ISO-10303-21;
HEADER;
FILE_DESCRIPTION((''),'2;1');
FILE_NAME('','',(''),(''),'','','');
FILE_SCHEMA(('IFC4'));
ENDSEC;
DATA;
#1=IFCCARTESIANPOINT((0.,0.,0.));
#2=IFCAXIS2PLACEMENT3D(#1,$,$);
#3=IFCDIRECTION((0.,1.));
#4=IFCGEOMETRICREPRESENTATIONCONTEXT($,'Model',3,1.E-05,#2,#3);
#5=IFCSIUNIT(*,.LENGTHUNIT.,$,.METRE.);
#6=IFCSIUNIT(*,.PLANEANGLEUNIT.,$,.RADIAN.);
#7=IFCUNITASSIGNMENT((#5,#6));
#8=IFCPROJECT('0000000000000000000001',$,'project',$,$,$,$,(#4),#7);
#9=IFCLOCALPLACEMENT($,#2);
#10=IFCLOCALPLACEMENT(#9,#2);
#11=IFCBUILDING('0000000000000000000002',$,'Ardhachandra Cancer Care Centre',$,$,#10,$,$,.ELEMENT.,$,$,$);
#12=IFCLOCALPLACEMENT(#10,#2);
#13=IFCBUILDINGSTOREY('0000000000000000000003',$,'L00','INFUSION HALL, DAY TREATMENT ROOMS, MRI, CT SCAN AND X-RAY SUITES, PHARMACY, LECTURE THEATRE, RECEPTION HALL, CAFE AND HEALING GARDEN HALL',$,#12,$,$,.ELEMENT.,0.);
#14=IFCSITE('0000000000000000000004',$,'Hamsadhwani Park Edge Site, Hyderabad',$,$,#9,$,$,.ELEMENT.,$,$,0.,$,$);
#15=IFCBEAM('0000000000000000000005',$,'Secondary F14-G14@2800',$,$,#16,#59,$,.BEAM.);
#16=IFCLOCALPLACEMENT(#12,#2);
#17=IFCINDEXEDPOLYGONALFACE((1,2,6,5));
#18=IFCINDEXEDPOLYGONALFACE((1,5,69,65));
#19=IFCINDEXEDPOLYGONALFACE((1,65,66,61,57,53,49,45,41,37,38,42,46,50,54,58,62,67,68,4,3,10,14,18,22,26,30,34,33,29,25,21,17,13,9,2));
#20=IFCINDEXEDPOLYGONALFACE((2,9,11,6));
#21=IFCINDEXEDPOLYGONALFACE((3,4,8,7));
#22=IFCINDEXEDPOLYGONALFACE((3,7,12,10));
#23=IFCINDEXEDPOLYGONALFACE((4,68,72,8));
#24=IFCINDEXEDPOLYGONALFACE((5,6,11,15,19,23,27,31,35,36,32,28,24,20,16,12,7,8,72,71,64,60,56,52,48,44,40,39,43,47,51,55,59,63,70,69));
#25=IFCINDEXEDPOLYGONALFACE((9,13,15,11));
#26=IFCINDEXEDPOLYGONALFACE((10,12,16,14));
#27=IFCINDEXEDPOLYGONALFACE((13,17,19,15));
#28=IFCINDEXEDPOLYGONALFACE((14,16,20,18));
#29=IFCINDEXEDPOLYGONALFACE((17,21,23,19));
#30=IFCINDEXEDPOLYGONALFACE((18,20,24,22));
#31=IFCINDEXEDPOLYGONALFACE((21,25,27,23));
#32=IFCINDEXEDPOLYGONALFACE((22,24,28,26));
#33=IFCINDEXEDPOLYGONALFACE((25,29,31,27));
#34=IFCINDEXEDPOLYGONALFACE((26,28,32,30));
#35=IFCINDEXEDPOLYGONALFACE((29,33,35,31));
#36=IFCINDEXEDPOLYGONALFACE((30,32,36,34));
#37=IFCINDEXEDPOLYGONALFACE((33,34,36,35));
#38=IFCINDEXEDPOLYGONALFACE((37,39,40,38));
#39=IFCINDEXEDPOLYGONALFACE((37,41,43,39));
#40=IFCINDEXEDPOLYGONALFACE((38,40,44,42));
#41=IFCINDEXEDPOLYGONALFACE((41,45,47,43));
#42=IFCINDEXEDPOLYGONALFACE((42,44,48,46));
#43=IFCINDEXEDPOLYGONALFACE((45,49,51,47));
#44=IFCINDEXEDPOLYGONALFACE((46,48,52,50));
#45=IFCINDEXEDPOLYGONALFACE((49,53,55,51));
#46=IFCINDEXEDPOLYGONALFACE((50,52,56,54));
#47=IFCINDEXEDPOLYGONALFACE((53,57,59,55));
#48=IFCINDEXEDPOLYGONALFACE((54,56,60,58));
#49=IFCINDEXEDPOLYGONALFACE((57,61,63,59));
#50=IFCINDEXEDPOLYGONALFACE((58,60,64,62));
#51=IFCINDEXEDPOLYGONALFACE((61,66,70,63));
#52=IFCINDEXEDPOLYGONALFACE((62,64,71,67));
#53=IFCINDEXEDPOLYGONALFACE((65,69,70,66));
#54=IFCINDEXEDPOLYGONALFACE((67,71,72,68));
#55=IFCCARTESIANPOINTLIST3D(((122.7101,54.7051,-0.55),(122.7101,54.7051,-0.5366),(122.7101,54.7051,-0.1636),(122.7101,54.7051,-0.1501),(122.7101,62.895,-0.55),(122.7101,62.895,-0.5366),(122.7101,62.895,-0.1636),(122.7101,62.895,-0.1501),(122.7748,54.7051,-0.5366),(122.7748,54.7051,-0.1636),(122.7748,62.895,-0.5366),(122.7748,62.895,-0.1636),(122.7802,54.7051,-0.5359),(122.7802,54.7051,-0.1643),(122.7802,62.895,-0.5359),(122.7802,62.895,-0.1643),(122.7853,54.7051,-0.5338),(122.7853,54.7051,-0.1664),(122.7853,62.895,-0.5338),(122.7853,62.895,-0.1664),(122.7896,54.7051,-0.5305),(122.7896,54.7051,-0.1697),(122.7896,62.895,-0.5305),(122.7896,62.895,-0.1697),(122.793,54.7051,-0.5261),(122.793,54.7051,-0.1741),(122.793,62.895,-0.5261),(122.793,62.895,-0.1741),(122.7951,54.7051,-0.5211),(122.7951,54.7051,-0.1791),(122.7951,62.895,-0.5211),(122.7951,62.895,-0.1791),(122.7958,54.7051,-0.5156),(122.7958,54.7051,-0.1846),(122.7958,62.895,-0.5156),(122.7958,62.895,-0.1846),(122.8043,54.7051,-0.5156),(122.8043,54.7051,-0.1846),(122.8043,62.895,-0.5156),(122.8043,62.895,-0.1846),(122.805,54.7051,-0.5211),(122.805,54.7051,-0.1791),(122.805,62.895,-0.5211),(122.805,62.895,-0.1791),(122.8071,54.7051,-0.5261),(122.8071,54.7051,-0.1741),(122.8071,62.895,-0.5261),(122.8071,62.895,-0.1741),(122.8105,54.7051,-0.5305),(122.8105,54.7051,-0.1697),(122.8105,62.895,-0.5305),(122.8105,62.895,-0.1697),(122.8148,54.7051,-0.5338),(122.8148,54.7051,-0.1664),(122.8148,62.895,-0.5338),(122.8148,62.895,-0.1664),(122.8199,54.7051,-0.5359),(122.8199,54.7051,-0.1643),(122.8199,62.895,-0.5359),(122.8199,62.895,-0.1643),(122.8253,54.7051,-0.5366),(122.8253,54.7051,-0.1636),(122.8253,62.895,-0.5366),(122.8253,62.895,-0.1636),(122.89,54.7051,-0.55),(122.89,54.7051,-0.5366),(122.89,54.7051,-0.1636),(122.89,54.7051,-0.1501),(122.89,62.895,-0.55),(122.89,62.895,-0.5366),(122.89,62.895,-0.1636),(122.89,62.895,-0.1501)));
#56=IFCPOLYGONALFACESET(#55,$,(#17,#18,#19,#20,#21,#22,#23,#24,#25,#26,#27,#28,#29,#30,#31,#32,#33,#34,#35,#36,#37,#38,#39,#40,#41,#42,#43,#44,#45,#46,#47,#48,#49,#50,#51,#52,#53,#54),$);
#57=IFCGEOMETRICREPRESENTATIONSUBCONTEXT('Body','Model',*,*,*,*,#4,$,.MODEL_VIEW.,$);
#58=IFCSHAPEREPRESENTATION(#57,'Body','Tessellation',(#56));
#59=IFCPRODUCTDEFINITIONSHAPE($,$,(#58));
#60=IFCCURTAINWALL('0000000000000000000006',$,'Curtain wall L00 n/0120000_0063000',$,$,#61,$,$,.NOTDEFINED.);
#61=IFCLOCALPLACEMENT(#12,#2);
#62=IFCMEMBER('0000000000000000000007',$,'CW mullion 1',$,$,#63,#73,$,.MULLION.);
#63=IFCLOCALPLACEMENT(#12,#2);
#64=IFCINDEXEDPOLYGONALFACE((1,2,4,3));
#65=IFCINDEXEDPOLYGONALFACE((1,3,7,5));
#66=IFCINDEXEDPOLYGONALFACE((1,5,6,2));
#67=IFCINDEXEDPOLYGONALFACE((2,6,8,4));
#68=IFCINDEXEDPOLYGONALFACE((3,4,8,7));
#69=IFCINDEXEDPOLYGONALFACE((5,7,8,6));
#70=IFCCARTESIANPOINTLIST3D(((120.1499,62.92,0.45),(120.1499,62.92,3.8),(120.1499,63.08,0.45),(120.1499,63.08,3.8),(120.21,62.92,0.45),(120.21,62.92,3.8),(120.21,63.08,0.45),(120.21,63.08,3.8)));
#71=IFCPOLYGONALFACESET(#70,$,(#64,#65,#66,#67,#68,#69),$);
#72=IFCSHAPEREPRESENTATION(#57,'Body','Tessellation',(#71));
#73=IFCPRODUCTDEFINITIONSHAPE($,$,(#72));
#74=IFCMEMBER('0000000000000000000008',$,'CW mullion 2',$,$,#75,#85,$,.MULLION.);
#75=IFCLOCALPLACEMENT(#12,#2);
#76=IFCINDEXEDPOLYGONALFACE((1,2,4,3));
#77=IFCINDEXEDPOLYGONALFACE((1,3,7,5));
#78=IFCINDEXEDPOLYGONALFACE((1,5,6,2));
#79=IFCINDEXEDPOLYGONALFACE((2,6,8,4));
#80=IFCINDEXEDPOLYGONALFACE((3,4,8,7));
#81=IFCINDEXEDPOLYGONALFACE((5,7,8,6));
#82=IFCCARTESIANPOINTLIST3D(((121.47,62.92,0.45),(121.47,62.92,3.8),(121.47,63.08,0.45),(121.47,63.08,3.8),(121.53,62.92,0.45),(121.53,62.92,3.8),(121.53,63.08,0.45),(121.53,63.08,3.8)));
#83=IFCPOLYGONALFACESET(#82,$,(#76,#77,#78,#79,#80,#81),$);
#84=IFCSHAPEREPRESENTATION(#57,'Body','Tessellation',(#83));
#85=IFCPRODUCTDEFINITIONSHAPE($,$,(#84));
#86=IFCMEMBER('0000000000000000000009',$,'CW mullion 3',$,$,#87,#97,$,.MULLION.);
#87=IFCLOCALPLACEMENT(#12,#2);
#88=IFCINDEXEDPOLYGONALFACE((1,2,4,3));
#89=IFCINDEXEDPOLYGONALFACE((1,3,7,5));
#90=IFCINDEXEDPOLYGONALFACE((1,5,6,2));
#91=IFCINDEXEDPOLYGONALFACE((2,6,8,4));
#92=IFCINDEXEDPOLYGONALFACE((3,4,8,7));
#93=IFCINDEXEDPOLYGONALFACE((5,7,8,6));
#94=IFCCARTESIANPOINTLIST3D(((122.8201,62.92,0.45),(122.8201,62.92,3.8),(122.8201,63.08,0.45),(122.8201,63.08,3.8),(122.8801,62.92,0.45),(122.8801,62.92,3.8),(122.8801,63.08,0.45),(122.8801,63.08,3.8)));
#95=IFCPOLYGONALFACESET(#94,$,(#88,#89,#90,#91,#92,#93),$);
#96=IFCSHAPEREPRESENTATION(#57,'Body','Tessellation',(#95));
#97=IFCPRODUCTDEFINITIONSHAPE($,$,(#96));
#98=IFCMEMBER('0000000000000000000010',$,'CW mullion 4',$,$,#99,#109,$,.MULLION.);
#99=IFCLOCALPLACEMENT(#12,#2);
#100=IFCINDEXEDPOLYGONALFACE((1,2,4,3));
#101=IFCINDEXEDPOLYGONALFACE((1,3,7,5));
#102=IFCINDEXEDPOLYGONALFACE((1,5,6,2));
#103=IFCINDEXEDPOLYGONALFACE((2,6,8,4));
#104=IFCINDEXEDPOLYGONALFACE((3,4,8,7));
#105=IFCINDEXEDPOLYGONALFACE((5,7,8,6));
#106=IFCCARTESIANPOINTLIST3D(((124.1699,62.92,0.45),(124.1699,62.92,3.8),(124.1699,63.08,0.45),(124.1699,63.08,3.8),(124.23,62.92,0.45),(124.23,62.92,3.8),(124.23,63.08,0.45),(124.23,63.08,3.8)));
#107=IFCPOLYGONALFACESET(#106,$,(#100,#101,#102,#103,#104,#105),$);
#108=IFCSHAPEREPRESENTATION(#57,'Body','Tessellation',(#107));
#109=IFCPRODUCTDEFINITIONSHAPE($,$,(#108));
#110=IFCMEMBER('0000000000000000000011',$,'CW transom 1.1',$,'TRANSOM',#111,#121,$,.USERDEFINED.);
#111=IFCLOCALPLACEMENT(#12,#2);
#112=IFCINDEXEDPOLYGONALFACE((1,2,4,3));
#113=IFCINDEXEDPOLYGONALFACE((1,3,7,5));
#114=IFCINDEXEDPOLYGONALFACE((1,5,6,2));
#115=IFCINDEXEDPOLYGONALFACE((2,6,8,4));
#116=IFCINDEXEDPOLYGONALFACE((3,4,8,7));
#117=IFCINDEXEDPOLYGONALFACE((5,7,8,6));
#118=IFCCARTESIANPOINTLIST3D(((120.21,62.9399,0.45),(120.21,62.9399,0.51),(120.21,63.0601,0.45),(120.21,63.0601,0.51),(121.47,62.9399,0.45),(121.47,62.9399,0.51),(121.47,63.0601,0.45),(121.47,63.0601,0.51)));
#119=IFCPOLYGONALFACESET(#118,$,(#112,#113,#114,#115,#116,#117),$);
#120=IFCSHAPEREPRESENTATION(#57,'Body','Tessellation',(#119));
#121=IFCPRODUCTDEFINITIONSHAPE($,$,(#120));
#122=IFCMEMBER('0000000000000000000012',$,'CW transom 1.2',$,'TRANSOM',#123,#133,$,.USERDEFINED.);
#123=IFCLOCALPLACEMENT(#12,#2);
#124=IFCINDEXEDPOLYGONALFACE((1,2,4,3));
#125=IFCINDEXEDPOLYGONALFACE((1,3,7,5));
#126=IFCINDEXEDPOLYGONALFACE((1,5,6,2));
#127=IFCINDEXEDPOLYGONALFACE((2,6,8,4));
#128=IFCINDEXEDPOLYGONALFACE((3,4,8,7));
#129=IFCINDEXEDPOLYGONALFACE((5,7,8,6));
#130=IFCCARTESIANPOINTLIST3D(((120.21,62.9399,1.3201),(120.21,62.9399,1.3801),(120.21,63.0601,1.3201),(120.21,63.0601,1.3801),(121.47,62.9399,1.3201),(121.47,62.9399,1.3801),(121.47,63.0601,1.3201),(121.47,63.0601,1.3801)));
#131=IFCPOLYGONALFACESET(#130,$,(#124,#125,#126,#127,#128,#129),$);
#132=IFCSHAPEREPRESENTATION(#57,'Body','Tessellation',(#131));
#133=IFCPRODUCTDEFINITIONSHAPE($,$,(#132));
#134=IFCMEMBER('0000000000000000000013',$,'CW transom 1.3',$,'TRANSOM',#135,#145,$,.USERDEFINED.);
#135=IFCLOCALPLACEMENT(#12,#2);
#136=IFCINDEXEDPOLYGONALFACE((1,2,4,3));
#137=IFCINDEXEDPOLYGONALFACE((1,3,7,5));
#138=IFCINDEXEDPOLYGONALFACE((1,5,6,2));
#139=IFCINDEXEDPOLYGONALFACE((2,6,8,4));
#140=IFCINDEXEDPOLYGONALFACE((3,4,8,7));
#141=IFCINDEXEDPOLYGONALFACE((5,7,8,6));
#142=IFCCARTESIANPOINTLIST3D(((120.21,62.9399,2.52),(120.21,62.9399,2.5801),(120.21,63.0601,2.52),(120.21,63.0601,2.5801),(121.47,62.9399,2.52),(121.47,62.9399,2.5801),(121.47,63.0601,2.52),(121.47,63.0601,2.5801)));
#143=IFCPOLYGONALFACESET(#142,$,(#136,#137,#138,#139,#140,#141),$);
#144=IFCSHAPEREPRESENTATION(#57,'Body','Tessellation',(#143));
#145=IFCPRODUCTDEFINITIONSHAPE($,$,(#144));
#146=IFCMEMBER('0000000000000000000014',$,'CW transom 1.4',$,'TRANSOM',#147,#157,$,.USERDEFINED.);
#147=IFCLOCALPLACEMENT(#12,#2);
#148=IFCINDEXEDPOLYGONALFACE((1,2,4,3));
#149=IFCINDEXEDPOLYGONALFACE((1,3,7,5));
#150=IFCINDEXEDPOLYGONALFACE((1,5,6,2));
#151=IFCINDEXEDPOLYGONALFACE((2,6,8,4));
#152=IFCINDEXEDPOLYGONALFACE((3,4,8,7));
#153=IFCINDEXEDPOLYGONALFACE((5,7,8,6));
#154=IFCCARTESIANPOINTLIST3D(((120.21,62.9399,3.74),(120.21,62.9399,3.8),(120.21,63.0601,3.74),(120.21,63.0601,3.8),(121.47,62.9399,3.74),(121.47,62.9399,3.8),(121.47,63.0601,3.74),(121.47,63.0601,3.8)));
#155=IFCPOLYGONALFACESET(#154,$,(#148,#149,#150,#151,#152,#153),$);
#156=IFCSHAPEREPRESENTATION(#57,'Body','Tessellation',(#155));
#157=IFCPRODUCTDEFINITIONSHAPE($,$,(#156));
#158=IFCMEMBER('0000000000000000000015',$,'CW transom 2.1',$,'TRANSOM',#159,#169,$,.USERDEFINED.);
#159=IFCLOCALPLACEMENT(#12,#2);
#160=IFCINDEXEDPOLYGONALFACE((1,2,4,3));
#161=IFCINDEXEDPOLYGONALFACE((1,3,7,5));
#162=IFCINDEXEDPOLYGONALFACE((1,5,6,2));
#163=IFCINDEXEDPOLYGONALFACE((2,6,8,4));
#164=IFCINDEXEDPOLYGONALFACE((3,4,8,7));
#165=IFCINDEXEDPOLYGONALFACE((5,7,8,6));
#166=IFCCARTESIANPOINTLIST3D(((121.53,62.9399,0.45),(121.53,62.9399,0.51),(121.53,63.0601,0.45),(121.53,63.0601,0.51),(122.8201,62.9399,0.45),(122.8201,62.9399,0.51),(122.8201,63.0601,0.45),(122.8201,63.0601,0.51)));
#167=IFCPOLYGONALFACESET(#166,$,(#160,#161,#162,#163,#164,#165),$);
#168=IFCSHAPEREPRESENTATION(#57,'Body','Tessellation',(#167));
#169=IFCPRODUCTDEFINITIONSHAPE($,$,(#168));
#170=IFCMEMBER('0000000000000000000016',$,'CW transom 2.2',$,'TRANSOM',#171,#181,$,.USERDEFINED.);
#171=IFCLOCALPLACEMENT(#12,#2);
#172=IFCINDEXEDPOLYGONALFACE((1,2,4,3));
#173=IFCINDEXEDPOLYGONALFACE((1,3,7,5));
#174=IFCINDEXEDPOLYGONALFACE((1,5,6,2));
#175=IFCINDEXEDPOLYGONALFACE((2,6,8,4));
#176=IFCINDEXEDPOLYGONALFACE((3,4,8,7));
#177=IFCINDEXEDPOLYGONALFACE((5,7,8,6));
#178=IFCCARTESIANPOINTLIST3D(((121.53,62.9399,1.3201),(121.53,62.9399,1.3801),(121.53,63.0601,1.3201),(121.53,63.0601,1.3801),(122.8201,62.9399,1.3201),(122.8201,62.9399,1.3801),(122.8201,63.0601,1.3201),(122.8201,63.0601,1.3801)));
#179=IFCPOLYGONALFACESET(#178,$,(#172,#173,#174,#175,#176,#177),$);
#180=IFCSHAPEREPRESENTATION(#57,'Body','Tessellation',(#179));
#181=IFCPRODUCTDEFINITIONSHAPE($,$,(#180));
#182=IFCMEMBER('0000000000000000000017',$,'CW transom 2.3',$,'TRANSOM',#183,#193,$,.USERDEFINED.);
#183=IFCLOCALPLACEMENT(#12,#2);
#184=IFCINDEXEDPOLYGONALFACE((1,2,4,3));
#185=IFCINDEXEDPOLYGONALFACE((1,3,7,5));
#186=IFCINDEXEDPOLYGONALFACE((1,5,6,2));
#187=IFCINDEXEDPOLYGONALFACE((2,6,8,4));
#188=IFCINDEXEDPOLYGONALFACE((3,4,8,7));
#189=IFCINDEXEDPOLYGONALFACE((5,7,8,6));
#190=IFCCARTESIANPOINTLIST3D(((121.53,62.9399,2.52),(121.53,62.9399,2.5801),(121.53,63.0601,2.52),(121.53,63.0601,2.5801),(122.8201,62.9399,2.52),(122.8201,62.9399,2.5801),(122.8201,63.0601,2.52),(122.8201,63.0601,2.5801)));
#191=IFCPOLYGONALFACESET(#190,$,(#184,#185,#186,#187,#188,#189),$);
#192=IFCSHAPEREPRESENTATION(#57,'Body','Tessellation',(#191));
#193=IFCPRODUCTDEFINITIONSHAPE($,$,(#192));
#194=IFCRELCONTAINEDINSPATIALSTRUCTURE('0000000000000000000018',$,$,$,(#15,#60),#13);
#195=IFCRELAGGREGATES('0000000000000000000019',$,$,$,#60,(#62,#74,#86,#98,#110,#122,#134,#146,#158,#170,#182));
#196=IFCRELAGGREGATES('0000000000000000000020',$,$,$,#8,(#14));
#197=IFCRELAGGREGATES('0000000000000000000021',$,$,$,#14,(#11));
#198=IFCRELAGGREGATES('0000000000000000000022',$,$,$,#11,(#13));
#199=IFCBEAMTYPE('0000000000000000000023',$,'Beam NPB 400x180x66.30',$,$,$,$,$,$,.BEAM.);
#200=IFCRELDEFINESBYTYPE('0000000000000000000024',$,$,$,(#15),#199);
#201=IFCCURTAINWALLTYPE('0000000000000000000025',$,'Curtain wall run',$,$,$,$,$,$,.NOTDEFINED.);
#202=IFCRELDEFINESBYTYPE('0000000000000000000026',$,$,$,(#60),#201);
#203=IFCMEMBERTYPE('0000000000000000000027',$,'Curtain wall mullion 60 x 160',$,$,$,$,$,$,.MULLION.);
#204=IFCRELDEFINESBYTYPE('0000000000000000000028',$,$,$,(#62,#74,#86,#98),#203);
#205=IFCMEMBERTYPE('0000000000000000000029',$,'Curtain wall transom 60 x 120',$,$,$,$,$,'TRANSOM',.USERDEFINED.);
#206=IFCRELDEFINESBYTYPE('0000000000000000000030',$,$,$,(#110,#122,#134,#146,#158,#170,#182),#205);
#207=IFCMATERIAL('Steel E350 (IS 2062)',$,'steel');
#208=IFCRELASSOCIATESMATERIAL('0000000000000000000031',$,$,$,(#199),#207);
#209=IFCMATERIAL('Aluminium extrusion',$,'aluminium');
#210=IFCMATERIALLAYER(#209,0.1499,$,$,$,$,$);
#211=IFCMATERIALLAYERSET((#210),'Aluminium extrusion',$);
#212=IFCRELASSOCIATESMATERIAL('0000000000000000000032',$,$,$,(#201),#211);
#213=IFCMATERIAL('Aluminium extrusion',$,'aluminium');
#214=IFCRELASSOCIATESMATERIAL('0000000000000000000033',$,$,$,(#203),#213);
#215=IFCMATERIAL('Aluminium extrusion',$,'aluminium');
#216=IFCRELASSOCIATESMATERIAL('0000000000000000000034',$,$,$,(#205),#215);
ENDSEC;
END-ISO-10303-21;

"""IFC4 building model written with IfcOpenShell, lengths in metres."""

from ifc_helpers import new_model, si_unit, direction, frame, origin, origin_2d, place, context, subcontext, project, spatial, rectangle, i_section, extrude, material, layer, layer_set, material_profile, profile_set, type_object, element, aggregate, save


model = new_model("IFC4")

# Units and contexts
model_context = context("Model", 3, precision=1e-05, world=origin(), true_north=direction((0.0, 1.0)))
body_context = subcontext(model_context, "Body", "Model", "MODEL_VIEW")
ifc_project = project(units=[si_unit("LENGTHUNIT", "METRE"), si_unit("PLANEANGLEUNIT", "RADIAN")], contexts=[model_context])

# Site, building, storey
site_placement = place(None, origin())
site = spatial("IfcSite", under=ifc_project, at=site_placement, Name="Hamsadhwani Park Edge Site, Hyderabad", CompositionType="ELEMENT", RefElevation=0.0)
building_placement = place(site_placement, origin())
building = spatial("IfcBuilding", under=site, at=building_placement, Name="Ardhachandra Cancer Care Centre", CompositionType="ELEMENT")
storey_placement = place(building_placement, origin())
storey = spatial("IfcBuildingStorey", under=building, at=storey_placement, Name="L00", Description="INFUSION HALL, DAY TREATMENT ROOMS, MRI, CT SCAN AND X-RAY SUITES, PHARMACY, LECTURE THEATRE, RECEPTION HALL, CAFE AND HEALING GARDEN HALL", CompositionType="ELEMENT", Elevation=0.0)

# Beam
ifc_material_1 = material(Name="Steel E350 (IS 2062)", Category="steel")
ifc_material_profile_1 = material_profile(ifc_material_1, i_section(OverallWidth=0.1799, OverallDepth=0.3999, WebThickness=0.0085, FlangeThickness=0.0134, FilletRadius=0.021, at=origin_2d()), Name="NPB 400x180x66.30")
ifc_profile_set_1 = profile_set([ifc_material_profile_1], Name="Steel E350 (IS 2062)")
beam_type = type_object("IfcBeamType", Name="Beam NPB 400x180x66.30", PredefinedType="BEAM", material=ifc_profile_set_1)
beam_placement = place(storey_placement, frame((122.8, 54.7051, -0.3501), z_axis=(0.0, 1.0, 0.0), x_axis=(-1.0, 0.0, 0.0)))
element("IfcBeam", 1, at=beam_placement, inside=storey, type_object=beam_type, Name="Secondary F14-G14@2800", PredefinedType="BEAM", context=body_context, shape_type="SweptSolid", body=[
    extrude(i_section(OverallWidth=0.1799, OverallDepth=0.3999, WebThickness=0.0085, FlangeThickness=0.0134, FilletRadius=0.021, at=origin_2d()), origin(), (0.0, 0.0, 1.0), 8.1899),
])

# Curtain wall, members
ifc_material_2 = material(Name="Aluminium extrusion", Category="aluminium")
ifc_layer_1 = layer(ifc_material_2, 0.1499)
ifc_layer_set_1 = layer_set([ifc_layer_1], Name="Aluminium extrusion")
curtain_wall_type = type_object("IfcCurtainWallType", Name="Curtain wall run", PredefinedType="NOTDEFINED", material=ifc_layer_set_1)
curtain_wall_1_placement = place(storey_placement, origin())
curtain_wall_1 = element("IfcCurtainWall", 2, at=curtain_wall_1_placement, inside=storey, type_object=curtain_wall_type, Name="Curtain wall L00 n/0120000_0063000", PredefinedType="NOTDEFINED")
ifc_material_3 = material(Name="Aluminium extrusion", Category="aluminium")
ifc_material_profile_2 = material_profile(ifc_material_3, rectangle(XDim=0.1599, YDim=0.0601, at=origin_2d()), Name="Curtain wall mullion 60 x 160")
ifc_profile_set_2 = profile_set([ifc_material_profile_2], Name="Aluminium extrusion")
member_type_1 = type_object("IfcMemberType", Name="Curtain wall mullion 60 x 160", PredefinedType="MULLION", material=ifc_profile_set_2)
member_1_placement = place(storey_placement, frame((120.1799, 63.0, 0.45), z_axis=(0.0, 0.0, 1.0), x_axis=(0.0, 1.0, 0.0)))
member_1 = element("IfcMember", 3, at=member_1_placement, type_object=member_type_1, Name="CW mullion 1", PredefinedType="MULLION", context=body_context, shape_type="SweptSolid", body=[
    extrude(rectangle(XDim=0.1599, YDim=0.0601, at=origin_2d()), origin(), (0.0, 0.0, 1.0), 3.3501),
])
member_2_placement = place(storey_placement, frame((121.5, 63.0, 0.45), z_axis=(0.0, 0.0, 1.0), x_axis=(0.0, 1.0, 0.0)))
member_2 = element("IfcMember", 4, at=member_2_placement, type_object=member_type_1, Name="CW mullion 2", PredefinedType="MULLION", context=body_context, shape_type="SweptSolid", body=[
    extrude(rectangle(XDim=0.1599, YDim=0.0601, at=origin_2d()), origin(), (0.0, 0.0, 1.0), 3.3501),
])
member_3_placement = place(storey_placement, frame((122.8501, 63.0, 0.45), z_axis=(0.0, 0.0, 1.0), x_axis=(0.0, 1.0, 0.0)))
member_3 = element("IfcMember", 5, at=member_3_placement, type_object=member_type_1, Name="CW mullion 3", PredefinedType="MULLION", context=body_context, shape_type="SweptSolid", body=[
    extrude(rectangle(XDim=0.1599, YDim=0.0601, at=origin_2d()), origin(), (0.0, 0.0, 1.0), 3.3501),
])
member_4_placement = place(storey_placement, frame((124.2, 63.0, 0.45), z_axis=(0.0, 0.0, 1.0), x_axis=(0.0, 1.0, 0.0)))
member_4 = element("IfcMember", 6, at=member_4_placement, type_object=member_type_1, Name="CW mullion 4", PredefinedType="MULLION", context=body_context, shape_type="SweptSolid", body=[
    extrude(rectangle(XDim=0.1599, YDim=0.0601, at=origin_2d()), origin(), (0.0, 0.0, 1.0), 3.3501),
])
ifc_material_4 = material(Name="Aluminium extrusion", Category="aluminium")
ifc_material_profile_3 = material_profile(ifc_material_4, rectangle(XDim=0.1201, YDim=0.0601, at=origin_2d()), Name="Curtain wall transom 60 x 120")
ifc_profile_set_3 = profile_set([ifc_material_profile_3], Name="Aluminium extrusion")
member_type_2 = type_object("IfcMemberType", Name="Curtain wall transom 60 x 120", ElementType="TRANSOM", PredefinedType="USERDEFINED", material=ifc_profile_set_3)
member_5_placement = place(storey_placement, frame((120.21, 63.0, 0.48), z_axis=(1.0, 0.0, 0.0), x_axis=(0.0, 1.0, 0.0)))
member_5 = element("IfcMember", 7, at=member_5_placement, type_object=member_type_2, Name="CW transom 1.1", ObjectType="TRANSOM", PredefinedType="USERDEFINED", context=body_context, shape_type="SweptSolid", body=[
    extrude(rectangle(XDim=0.1201, YDim=0.0601, at=origin_2d()), origin(), (0.0, 0.0, 1.0), 1.26),
])
member_6_placement = place(storey_placement, frame((120.21, 63.0, 1.3501), z_axis=(1.0, 0.0, 0.0), x_axis=(0.0, 1.0, 0.0)))
member_6 = element("IfcMember", 8, at=member_6_placement, type_object=member_type_2, Name="CW transom 1.2", ObjectType="TRANSOM", PredefinedType="USERDEFINED", context=body_context, shape_type="SweptSolid", body=[
    extrude(rectangle(XDim=0.1201, YDim=0.0601, at=origin_2d()), origin(), (0.0, 0.0, 1.0), 1.26),
])
member_7_placement = place(storey_placement, frame((120.21, 63.0, 2.55), z_axis=(1.0, 0.0, 0.0), x_axis=(0.0, 1.0, 0.0)))
member_7 = element("IfcMember", 9, at=member_7_placement, type_object=member_type_2, Name="CW transom 1.3", ObjectType="TRANSOM", PredefinedType="USERDEFINED", context=body_context, shape_type="SweptSolid", body=[
    extrude(rectangle(XDim=0.1201, YDim=0.0601, at=origin_2d()), origin(), (0.0, 0.0, 1.0), 1.26),
])
member_8_placement = place(storey_placement, frame((120.21, 63.0, 3.77), z_axis=(1.0, 0.0, 0.0), x_axis=(0.0, 1.0, 0.0)))
member_8 = element("IfcMember", 10, at=member_8_placement, type_object=member_type_2, Name="CW transom 1.4", ObjectType="TRANSOM", PredefinedType="USERDEFINED", context=body_context, shape_type="SweptSolid", body=[
    extrude(rectangle(XDim=0.1201, YDim=0.0601, at=origin_2d()), origin(), (0.0, 0.0, 1.0), 1.26),
])
member_9_placement = place(storey_placement, frame((121.53, 63.0, 0.48), z_axis=(1.0, 0.0, 0.0), x_axis=(0.0, 1.0, 0.0)))
member_9 = element("IfcMember", 11, at=member_9_placement, type_object=member_type_2, Name="CW transom 2.1", ObjectType="TRANSOM", PredefinedType="USERDEFINED", context=body_context, shape_type="SweptSolid", body=[
    extrude(rectangle(XDim=0.1201, YDim=0.0601, at=origin_2d()), origin(), (0.0, 0.0, 1.0), 1.29),
])
member_10_placement = place(storey_placement, frame((121.53, 63.0, 1.3501), z_axis=(1.0, 0.0, 0.0), x_axis=(0.0, 1.0, 0.0)))
member_10 = element("IfcMember", 12, at=member_10_placement, type_object=member_type_2, Name="CW transom 2.2", ObjectType="TRANSOM", PredefinedType="USERDEFINED", context=body_context, shape_type="SweptSolid", body=[
    extrude(rectangle(XDim=0.1201, YDim=0.0601, at=origin_2d()), origin(), (0.0, 0.0, 1.0), 1.29),
])
member_11_placement = place(storey_placement, frame((121.53, 63.0, 2.55), z_axis=(1.0, 0.0, 0.0), x_axis=(0.0, 1.0, 0.0)))
member_11 = element("IfcMember", 13, at=member_11_placement, type_object=member_type_2, Name="CW transom 2.3", ObjectType="TRANSOM", PredefinedType="USERDEFINED", context=body_context, shape_type="SweptSolid", body=[
    extrude(rectangle(XDim=0.1201, YDim=0.0601, at=origin_2d()), origin(), (0.0, 0.0, 1.0), 1.29),
])

aggregate(curtain_wall_1, [member_1, member_2, member_3, member_4, member_5, member_6, member_7, member_8, member_9, member_10, member_11])

save(model, "model.ifc")
